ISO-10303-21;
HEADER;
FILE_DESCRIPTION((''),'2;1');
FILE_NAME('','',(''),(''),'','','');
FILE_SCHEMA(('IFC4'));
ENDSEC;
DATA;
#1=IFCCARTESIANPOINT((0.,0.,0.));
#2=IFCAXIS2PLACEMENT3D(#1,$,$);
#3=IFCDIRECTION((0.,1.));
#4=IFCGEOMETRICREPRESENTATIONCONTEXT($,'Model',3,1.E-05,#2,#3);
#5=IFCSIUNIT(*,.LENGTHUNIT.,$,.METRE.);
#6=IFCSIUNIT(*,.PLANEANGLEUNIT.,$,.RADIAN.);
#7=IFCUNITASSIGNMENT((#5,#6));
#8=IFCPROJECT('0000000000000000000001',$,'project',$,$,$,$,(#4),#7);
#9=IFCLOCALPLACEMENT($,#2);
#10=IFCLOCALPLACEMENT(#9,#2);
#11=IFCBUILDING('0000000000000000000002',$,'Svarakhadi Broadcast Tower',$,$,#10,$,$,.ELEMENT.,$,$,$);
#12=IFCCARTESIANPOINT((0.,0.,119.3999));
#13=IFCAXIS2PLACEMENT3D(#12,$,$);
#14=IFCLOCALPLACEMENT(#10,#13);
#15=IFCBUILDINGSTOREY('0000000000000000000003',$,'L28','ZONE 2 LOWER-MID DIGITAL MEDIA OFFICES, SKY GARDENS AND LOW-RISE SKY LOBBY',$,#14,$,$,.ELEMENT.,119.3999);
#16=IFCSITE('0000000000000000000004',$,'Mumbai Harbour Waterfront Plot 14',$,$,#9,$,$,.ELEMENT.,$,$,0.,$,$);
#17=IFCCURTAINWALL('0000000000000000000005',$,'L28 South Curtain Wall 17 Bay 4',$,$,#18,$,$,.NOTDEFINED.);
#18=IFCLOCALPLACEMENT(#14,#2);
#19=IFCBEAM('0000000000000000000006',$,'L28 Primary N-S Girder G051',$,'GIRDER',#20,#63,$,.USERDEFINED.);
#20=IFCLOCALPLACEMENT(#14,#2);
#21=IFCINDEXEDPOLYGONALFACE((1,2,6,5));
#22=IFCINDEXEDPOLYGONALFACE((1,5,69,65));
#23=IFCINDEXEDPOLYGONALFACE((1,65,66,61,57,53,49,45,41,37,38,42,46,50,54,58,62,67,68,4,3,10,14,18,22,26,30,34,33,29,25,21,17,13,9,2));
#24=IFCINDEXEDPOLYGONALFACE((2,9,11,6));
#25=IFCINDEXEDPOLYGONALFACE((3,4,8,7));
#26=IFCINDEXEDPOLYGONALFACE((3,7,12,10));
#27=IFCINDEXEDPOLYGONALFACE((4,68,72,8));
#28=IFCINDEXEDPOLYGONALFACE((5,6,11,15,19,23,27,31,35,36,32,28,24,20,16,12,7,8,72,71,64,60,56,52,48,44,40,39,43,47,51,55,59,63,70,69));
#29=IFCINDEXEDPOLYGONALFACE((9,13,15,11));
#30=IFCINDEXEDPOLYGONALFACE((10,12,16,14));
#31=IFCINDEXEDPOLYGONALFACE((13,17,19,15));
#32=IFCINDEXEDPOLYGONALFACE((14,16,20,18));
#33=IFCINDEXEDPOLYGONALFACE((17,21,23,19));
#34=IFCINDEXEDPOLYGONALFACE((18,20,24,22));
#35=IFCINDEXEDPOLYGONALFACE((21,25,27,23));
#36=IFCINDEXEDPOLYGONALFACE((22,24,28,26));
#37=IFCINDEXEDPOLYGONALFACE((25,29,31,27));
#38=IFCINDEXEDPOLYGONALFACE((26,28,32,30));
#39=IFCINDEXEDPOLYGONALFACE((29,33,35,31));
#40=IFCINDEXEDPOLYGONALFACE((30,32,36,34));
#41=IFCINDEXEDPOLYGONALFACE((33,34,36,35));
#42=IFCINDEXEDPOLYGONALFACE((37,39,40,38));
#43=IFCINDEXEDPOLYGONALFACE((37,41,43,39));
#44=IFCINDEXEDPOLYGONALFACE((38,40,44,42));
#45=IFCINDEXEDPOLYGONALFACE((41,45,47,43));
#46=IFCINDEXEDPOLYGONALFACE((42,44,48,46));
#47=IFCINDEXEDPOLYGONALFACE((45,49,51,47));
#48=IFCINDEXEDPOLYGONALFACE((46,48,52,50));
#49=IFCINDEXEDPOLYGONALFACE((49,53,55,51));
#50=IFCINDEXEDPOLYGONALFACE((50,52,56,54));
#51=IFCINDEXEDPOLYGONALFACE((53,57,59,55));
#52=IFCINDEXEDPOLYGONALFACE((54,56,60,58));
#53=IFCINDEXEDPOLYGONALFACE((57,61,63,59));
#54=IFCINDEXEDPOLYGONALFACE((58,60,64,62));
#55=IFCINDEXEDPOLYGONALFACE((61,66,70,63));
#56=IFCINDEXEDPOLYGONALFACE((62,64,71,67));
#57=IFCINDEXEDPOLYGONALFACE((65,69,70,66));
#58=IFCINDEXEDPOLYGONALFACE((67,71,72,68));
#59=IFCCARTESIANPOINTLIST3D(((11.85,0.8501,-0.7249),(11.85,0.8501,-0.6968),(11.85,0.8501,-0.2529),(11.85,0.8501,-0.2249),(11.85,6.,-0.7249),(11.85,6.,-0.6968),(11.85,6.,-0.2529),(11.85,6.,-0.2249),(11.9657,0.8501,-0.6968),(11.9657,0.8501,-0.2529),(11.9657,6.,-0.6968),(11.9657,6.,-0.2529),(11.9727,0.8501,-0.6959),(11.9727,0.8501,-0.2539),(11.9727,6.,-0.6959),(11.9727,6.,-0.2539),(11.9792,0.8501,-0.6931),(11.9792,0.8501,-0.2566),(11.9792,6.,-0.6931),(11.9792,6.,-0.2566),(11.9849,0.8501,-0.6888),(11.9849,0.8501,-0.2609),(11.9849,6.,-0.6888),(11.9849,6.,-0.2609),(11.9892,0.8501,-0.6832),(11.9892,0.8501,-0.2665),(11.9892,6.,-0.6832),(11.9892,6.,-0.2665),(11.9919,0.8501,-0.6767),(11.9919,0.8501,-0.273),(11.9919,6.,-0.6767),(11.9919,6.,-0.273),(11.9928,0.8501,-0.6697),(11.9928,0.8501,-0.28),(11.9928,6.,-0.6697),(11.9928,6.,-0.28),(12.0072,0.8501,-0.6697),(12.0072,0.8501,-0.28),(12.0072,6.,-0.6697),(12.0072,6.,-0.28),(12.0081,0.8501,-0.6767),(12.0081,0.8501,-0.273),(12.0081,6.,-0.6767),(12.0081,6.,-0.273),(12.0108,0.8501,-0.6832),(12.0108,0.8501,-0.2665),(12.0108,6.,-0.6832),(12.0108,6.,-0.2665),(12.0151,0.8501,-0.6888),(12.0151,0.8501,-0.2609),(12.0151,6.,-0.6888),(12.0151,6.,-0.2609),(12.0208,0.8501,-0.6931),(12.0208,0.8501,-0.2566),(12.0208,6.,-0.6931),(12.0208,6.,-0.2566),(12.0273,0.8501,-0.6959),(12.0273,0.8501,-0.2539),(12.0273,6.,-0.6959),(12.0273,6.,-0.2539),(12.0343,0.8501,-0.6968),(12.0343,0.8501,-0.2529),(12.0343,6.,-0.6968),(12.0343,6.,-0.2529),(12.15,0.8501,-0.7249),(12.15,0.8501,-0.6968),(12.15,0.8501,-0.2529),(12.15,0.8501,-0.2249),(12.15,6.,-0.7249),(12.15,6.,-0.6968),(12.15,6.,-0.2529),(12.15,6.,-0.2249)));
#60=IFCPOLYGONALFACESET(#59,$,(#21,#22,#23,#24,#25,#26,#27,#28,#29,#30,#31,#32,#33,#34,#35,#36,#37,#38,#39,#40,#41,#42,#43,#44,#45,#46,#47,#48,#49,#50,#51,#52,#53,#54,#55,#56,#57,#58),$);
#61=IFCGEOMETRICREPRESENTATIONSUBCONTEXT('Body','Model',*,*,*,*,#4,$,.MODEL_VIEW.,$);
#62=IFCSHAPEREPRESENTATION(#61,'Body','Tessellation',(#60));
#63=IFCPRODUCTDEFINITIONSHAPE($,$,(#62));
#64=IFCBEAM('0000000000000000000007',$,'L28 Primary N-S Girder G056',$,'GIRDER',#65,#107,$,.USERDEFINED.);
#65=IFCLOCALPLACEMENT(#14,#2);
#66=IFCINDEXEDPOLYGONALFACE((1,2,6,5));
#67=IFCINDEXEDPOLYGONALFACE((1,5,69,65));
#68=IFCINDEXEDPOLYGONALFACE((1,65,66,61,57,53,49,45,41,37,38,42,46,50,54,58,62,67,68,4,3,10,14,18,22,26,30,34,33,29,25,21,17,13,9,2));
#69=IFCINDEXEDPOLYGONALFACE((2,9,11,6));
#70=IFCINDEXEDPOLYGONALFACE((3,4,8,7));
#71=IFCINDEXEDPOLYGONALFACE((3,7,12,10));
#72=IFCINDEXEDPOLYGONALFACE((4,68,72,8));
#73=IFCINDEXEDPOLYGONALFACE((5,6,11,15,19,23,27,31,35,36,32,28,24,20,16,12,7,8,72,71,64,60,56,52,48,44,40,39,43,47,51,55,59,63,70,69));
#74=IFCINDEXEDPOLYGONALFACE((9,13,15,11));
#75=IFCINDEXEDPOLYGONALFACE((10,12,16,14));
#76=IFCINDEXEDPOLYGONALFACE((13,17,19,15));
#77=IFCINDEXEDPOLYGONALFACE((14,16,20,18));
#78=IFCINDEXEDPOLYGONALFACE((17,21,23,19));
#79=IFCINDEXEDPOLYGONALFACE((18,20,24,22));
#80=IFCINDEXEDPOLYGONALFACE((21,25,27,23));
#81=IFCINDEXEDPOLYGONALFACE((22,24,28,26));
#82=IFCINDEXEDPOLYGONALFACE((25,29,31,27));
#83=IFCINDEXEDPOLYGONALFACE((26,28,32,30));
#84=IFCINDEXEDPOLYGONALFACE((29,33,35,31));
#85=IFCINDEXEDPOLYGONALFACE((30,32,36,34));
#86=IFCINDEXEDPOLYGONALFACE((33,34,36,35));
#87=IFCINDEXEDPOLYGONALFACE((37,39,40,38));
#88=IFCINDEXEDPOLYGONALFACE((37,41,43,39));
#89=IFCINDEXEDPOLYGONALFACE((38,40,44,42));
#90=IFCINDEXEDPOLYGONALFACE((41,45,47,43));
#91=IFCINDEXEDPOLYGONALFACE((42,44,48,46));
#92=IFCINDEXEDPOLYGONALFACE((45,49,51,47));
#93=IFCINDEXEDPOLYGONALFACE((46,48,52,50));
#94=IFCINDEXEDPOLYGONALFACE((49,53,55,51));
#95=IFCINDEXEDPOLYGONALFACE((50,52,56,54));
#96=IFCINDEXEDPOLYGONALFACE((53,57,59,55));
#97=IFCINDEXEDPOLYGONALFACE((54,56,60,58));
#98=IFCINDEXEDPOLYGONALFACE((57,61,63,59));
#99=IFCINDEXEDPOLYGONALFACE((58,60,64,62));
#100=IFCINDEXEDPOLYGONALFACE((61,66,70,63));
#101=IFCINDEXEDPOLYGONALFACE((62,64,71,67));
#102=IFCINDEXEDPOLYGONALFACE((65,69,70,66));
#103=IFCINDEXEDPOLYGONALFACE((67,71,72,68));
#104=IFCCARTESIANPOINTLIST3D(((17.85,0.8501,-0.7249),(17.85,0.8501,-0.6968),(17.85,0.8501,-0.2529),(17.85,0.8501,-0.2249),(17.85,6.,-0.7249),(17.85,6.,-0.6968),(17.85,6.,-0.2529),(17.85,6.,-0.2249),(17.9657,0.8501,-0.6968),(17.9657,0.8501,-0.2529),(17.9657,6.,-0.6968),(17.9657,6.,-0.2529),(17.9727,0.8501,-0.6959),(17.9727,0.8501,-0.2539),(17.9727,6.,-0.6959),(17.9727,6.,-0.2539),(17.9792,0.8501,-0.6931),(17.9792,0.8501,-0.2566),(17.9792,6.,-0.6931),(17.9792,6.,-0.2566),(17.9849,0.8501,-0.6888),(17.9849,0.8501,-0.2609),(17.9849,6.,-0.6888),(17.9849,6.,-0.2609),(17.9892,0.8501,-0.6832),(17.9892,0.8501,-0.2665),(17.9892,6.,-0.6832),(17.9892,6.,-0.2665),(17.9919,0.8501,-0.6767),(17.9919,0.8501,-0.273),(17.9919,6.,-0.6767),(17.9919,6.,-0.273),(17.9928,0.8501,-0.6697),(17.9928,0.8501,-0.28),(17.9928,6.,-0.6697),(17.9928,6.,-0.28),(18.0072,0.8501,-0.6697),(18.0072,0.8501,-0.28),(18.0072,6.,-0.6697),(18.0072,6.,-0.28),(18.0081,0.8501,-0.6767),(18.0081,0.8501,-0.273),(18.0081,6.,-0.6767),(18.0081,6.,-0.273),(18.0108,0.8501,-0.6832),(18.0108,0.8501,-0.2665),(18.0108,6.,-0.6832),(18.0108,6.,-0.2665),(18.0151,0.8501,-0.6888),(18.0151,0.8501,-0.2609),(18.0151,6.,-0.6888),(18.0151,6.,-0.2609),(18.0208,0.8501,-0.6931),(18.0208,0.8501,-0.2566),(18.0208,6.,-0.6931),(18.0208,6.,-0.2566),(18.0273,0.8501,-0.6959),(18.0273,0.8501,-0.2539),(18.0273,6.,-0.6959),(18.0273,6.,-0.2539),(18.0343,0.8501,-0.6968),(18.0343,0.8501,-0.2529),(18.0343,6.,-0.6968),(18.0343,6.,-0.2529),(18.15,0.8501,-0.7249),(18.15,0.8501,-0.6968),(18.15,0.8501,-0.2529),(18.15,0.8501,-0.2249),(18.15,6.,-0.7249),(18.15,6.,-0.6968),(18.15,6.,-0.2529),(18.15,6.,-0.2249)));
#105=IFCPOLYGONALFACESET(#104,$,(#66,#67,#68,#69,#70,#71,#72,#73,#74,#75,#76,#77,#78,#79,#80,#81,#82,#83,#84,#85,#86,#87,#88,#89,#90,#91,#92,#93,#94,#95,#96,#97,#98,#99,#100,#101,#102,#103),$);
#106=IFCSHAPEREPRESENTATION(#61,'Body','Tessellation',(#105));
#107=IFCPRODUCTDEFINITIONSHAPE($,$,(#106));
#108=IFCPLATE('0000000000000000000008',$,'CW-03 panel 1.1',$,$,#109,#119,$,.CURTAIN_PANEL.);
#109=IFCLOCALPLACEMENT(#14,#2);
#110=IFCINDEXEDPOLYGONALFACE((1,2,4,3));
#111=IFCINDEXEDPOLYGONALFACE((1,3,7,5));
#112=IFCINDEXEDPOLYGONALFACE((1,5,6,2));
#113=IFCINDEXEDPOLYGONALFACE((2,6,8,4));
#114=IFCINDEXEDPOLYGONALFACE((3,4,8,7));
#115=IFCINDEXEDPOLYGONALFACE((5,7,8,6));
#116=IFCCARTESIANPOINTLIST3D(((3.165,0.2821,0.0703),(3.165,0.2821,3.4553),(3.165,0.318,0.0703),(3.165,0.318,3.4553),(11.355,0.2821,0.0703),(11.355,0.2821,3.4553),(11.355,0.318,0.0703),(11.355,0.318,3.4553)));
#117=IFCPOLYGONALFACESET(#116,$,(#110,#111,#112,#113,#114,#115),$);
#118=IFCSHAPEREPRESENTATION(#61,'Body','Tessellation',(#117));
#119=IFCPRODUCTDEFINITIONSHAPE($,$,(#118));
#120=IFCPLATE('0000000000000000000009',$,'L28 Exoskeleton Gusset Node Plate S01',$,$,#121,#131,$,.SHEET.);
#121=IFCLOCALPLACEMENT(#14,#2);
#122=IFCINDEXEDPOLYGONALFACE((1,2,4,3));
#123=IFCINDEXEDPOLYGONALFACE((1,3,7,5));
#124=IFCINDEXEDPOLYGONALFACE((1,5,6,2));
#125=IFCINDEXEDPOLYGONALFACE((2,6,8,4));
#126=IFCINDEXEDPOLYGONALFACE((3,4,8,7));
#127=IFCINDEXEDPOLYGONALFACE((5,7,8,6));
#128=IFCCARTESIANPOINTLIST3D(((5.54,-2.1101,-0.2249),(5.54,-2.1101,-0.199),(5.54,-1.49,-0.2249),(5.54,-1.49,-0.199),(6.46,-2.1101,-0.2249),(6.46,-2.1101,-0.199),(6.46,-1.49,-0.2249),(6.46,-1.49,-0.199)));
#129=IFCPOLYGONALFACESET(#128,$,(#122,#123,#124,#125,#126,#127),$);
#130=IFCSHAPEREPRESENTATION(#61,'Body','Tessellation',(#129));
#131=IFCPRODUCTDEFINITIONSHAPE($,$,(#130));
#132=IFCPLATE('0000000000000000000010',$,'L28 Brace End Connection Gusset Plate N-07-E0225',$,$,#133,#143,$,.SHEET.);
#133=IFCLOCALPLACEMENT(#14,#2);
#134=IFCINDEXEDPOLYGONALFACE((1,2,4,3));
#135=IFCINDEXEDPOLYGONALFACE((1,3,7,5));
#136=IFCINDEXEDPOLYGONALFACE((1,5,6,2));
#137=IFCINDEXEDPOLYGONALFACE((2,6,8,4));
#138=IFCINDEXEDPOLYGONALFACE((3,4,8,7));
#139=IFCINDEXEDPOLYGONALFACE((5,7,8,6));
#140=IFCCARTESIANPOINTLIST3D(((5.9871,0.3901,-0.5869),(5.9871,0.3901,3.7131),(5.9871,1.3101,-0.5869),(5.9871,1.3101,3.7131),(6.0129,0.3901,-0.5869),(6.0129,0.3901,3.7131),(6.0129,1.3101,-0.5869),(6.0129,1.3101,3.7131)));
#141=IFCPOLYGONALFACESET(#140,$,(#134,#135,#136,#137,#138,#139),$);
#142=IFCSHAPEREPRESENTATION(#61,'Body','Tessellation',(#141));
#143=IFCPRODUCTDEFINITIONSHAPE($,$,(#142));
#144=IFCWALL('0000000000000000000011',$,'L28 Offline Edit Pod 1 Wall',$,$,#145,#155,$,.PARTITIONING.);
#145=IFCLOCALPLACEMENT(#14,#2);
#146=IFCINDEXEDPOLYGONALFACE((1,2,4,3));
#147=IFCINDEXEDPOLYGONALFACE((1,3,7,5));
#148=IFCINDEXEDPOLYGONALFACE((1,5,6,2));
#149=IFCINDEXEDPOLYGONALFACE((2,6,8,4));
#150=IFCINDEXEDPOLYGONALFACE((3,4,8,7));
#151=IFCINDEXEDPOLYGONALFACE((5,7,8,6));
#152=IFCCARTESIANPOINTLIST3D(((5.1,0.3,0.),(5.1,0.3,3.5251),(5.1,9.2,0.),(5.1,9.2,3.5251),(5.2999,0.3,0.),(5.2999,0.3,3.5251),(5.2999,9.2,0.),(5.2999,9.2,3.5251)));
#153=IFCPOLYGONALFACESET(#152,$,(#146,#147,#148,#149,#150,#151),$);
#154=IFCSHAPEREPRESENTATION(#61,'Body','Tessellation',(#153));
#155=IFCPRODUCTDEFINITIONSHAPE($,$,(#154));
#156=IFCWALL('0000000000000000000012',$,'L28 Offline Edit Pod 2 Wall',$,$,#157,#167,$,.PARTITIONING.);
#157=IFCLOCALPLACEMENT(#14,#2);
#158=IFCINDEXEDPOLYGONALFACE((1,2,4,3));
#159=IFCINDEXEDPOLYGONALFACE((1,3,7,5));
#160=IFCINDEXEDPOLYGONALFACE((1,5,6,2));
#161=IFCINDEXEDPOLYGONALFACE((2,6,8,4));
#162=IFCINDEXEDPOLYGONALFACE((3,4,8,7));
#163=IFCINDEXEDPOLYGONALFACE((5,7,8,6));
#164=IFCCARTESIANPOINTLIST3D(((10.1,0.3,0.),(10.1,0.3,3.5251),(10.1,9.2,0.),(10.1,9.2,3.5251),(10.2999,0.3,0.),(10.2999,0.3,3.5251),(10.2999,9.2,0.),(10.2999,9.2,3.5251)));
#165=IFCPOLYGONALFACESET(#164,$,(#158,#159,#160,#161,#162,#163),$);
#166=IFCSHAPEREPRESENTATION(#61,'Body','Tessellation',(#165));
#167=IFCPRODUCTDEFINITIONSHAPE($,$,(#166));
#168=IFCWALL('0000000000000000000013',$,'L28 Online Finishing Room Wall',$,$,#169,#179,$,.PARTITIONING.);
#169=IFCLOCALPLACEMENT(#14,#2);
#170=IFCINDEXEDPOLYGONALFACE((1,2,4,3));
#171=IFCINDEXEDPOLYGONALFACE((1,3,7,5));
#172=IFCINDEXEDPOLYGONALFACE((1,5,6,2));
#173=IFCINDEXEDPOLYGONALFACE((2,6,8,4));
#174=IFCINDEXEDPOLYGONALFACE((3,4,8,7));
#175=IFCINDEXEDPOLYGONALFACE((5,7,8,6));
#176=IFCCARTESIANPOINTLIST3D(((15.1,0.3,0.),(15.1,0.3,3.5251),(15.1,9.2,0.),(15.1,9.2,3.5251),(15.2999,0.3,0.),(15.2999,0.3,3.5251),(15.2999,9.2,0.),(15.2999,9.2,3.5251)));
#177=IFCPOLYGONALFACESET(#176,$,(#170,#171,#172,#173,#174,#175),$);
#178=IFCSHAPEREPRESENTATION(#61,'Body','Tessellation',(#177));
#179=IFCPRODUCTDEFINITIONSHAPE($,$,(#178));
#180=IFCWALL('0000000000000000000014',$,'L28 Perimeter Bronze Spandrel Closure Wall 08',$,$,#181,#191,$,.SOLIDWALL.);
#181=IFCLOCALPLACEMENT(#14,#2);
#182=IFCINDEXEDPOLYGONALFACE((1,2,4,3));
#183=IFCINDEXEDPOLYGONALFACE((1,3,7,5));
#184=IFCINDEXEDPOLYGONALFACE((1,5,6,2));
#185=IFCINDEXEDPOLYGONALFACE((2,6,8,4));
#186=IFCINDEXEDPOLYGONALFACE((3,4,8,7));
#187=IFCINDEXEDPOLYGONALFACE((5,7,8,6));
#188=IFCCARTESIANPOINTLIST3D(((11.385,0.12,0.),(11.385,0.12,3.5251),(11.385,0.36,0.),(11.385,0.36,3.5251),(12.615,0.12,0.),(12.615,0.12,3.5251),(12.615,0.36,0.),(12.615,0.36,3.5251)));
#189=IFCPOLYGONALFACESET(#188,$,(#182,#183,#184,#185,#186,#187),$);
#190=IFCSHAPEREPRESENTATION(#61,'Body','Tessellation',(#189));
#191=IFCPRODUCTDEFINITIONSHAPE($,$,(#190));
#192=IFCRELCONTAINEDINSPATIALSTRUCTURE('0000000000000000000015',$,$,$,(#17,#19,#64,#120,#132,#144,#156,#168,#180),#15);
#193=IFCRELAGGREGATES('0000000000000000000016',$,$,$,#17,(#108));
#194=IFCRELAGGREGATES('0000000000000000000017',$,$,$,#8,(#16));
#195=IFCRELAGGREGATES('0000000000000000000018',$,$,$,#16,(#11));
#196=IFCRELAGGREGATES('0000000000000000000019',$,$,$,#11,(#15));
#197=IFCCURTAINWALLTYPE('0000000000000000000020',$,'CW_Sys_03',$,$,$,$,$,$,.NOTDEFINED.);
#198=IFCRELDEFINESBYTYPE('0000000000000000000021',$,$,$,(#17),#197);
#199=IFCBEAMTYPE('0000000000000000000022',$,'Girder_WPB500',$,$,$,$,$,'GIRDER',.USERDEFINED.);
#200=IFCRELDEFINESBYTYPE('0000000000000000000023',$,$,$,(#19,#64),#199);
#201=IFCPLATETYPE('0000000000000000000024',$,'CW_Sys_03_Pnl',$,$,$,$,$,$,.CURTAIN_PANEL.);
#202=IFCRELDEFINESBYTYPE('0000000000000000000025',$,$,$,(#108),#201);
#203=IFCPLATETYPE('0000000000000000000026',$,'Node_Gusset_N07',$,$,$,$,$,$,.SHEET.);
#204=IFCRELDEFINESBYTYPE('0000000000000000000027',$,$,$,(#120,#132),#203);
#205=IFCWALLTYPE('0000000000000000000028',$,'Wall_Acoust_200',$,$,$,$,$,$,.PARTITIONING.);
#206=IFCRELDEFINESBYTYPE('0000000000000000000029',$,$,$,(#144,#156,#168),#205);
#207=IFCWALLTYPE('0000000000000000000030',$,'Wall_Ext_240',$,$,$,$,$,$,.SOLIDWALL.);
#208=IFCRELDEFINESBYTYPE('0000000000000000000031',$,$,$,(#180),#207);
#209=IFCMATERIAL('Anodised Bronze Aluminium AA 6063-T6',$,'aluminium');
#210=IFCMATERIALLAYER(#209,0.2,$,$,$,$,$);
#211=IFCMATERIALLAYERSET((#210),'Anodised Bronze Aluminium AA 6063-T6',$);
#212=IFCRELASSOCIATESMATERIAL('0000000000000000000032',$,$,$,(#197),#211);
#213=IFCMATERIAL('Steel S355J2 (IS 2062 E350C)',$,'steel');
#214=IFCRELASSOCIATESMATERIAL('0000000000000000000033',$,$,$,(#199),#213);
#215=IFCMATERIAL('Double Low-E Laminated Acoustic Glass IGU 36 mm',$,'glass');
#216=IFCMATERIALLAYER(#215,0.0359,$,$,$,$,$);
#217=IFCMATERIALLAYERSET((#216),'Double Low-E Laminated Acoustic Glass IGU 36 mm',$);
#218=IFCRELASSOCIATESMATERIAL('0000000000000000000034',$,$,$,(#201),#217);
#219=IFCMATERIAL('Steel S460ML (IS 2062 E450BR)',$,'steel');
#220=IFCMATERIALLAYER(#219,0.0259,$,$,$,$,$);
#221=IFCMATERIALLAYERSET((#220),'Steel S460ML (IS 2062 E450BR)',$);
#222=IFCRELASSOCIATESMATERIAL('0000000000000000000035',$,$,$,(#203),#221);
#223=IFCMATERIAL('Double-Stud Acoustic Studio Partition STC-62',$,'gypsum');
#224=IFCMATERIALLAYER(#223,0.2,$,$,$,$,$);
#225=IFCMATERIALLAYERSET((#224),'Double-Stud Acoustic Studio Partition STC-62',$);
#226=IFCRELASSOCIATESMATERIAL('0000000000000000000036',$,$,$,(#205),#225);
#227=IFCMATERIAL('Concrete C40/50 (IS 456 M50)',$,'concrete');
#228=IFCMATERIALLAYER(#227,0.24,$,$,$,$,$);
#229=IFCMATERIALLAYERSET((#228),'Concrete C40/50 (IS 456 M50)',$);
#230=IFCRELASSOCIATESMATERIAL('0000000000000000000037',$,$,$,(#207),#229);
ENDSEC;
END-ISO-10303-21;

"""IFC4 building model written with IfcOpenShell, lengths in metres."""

from ifc_helpers import new_model, si_unit, direction, frame, frame_2d, origin, origin_2d, place, context, subcontext, project, spatial, rectangle, i_section, extrude, material, layer, layer_set, material_profile, profile_set, type_object, element, aggregate, save


model = new_model("IFC4")

# Units and contexts
model_context = context("Model", 3, precision=1e-05, world=origin(), true_north=direction((0.0, 1.0)))
body_context = subcontext(model_context, "Body", "Model", "MODEL_VIEW")
ifc_project = project(units=[si_unit("LENGTHUNIT", "METRE"), si_unit("PLANEANGLEUNIT", "RADIAN")], contexts=[model_context])

# Site, building, storey
site_placement = place(None, origin())
site = spatial("IfcSite", under=ifc_project, at=site_placement, Name="Mumbai Harbour Waterfront Plot 14", CompositionType="ELEMENT", RefElevation=0.0)
building_placement = place(site_placement, origin())
building = spatial("IfcBuilding", under=site, at=building_placement, Name="Svarakhadi Broadcast Tower", CompositionType="ELEMENT")
storey_placement = place(building_placement, frame((0.0, 0.0, 119.3999)))
storey = spatial("IfcBuildingStorey", under=building, at=storey_placement, Name="L28", Description="ZONE 2 LOWER-MID DIGITAL MEDIA OFFICES, SKY GARDENS AND LOW-RISE SKY LOBBY", CompositionType="ELEMENT", Elevation=119.3999)

# Shared definitions
ifc_material_1 = material(Name="Steel S460ML (IS 2062 E450BR)", Category="steel")

# Shared definitions
ifc_material_2 = material(Name="Steel S355J2 (IS 2062 E350C)", Category="steel")

# Shared definitions
ifc_material_3 = material(Name="Anodised Bronze Aluminium AA 6063-T6", Category="aluminium")
ifc_layer_1 = layer(ifc_material_3, 0.2)
ifc_layer_set_1 = layer_set([ifc_layer_1], Name="Anodised Bronze Aluminium AA 6063-T6")
curtain_wall_type = type_object("IfcCurtainWallType", Name="CW_Sys_03", PredefinedType="NOTDEFINED", material=ifc_layer_set_1)

# Curtain wall
curtain_wall_1_placement = place(storey_placement, origin())
curtain_wall_1 = element("IfcCurtainWall", 1, at=curtain_wall_1_placement, inside=storey, type_object=curtain_wall_type, Name="L28 South Curtain Wall 17 Bay 4", PredefinedType="NOTDEFINED")

# Beams
ifc_material_profile_1 = material_profile(ifc_material_2, i_section(OverallWidth=0.3, OverallDepth=0.5, WebThickness=0.0144, FlangeThickness=0.0281, FilletRadius=0.0271, at=origin_2d()), Name="WPB 500x300x187")
ifc_profile_set_1 = profile_set([ifc_material_profile_1], Name="Steel S355J2 (IS 2062 E350C)")
beam_type_1 = type_object("IfcBeamType", Name="Girder_WPB500", ElementType="GIRDER", PredefinedType="USERDEFINED", material=ifc_profile_set_1)
for number, where, z_axis, x_axis, name in (
    (2, (12.0, 0.8501, -0.4749), (0.0, 1.0, 0.0), (-1.0, 0.0, 0.0), "L28 Primary N-S Girder G051"),
    (3, (18.0, 0.8501, -0.4749), (0.0, 1.0, 0.0), (-1.0, 0.0, 0.0), "L28 Primary N-S Girder G056"),
):
    element("IfcBeam", number, at=place(storey_placement, frame(where, z_axis=z_axis, x_axis=x_axis)), inside=storey, type_object=beam_type_1, Name=name, ObjectType="GIRDER", PredefinedType="USERDEFINED", context=body_context, shape_type="SweptSolid", body=[
        extrude(i_section(OverallWidth=0.3, OverallDepth=0.5, WebThickness=0.0144, FlangeThickness=0.0281, FilletRadius=0.0271, at=origin_2d()), origin(), (0.0, 0.0, 1.0), 5.1499),
    ])

# Plate
ifc_material_4 = material(Name="Double Low-E Laminated Acoustic Glass IGU 36 mm", Category="glass")
ifc_layer_2 = layer(ifc_material_4, 0.0359)
ifc_layer_set_2 = layer_set([ifc_layer_2], Name="Double Low-E Laminated Acoustic Glass IGU 36 mm")
plate_type_1 = type_object("IfcPlateType", Name="CW_Sys_03_Pnl", PredefinedType="CURTAIN_PANEL", material=ifc_layer_set_2)
plate_1_placement = place(storey_placement, frame((7.26, 0.3, 0.0703), z_axis=(0.0, 0.0, 1.0), x_axis=(-1.0, 0.0, 0.0)))
plate_1 = element("IfcPlate", 4, at=plate_1_placement, type_object=plate_type_1, Name="CW-03 panel 1.1", PredefinedType="CURTAIN_PANEL", context=body_context, shape_type="SweptSolid", body=[
    extrude(rectangle(XDim=8.1899, YDim=0.0359, at=origin_2d()), origin(), (0.0, 0.0, 1.0), 3.385),
])
aggregate(curtain_wall_1, [plate_1])

# Plates
ifc_layer_3 = layer(ifc_material_1, 0.0259)
ifc_layer_set_3 = layer_set([ifc_layer_3], Name="Steel S460ML (IS 2062 E450BR)")
plate_type_2 = type_object("IfcPlateType", Name="Node_Gusset_N07", PredefinedType="SHEET", material=ifc_layer_set_3)
plate_2_placement = place(storey_placement, frame((6.0, -1.8, -0.2249), z_axis=(0.0, 0.0, 1.0), x_axis=(1.0, 0.0, 0.0)))
element("IfcPlate", 5, at=plate_2_placement, inside=storey, type_object=plate_type_2, Name="L28 Exoskeleton Gusset Node Plate S01", PredefinedType="SHEET", context=body_context, shape_type="SweptSolid", body=[
    extrude(rectangle(XDim=0.9199, YDim=0.6201, at=origin_2d()), origin(), (0.0, 0.0, 1.0), 0.0259),
])
plate_3_placement = place(storey_placement, frame((6.0, 0.8501, -0.5869), z_axis=(0.0, 0.0, 1.0), x_axis=(0.0, 1.0, 0.0)))
element("IfcPlate", 6, at=plate_3_placement, inside=storey, type_object=plate_type_2, Name="L28 Brace End Connection Gusset Plate N-07-E0225", PredefinedType="SHEET", context=body_context, shape_type="SweptSolid", body=[
    extrude(rectangle(XDim=0.9199, YDim=0.0259, at=origin_2d()), origin(), (0.0, 0.0, 1.0), 4.3),
])

# Walls
ifc_material_5 = material(Name="Double-Stud Acoustic Studio Partition STC-62", Category="gypsum")
ifc_layer_4 = layer(ifc_material_5, 0.2)
ifc_layer_set_4 = layer_set([ifc_layer_4], Name="Double-Stud Acoustic Studio Partition STC-62")
wall_type_1 = type_object("IfcWallType", Name="Wall_Acoust_200", PredefinedType="PARTITIONING", material=ifc_layer_set_4)
for number, where, z_axis, x_axis, name in (
    (7, (5.2, 0.3, 0.0), (0.0, 0.0, 1.0), (0.0, 1.0, 0.0), "L28 Offline Edit Pod 1 Wall"),
    (8, (10.2, 0.3, 0.0), (0.0, 0.0, 1.0), (0.0, 1.0, 0.0), "L28 Offline Edit Pod 2 Wall"),
    (9, (15.2, 0.3, 0.0), (0.0, 0.0, 1.0), (0.0, 1.0, 0.0), "L28 Online Finishing Room Wall"),
):
    element("IfcWall", number, at=place(storey_placement, frame(where, z_axis=z_axis, x_axis=x_axis)), inside=storey, type_object=wall_type_1, Name=name, PredefinedType="PARTITIONING", context=body_context, shape_type="SweptSolid", body=[
        extrude(rectangle(XDim=8.8999, YDim=0.2, at=frame_2d((4.45, 0.0))), origin(), (0.0, 0.0, 1.0), 3.5251),
    ])
ifc_material_6 = material(Name="Concrete C40/50 (IS 456 M50)", Category="concrete")
ifc_layer_5 = layer(ifc_material_6, 0.24)
ifc_layer_set_5 = layer_set([ifc_layer_5], Name="Concrete C40/50 (IS 456 M50)")
wall_type_2 = type_object("IfcWallType", Name="Wall_Ext_240", PredefinedType="SOLIDWALL", material=ifc_layer_set_5)
wall_placement = place(storey_placement, frame((12.615, 0.24, 0.0), z_axis=(0.0, 0.0, 1.0), x_axis=(-1.0, 0.0, 0.0)))
element("IfcWall", 10, at=wall_placement, inside=storey, type_object=wall_type_2, Name="L28 Perimeter Bronze Spandrel Closure Wall 08", PredefinedType="SOLIDWALL", context=body_context, shape_type="SweptSolid", body=[
    extrude(rectangle(XDim=1.23, YDim=0.24, at=frame_2d((0.615, 0.0))), origin(), (0.0, 0.0, 1.0), 3.5251),
])

save(model, "model.ifc")
